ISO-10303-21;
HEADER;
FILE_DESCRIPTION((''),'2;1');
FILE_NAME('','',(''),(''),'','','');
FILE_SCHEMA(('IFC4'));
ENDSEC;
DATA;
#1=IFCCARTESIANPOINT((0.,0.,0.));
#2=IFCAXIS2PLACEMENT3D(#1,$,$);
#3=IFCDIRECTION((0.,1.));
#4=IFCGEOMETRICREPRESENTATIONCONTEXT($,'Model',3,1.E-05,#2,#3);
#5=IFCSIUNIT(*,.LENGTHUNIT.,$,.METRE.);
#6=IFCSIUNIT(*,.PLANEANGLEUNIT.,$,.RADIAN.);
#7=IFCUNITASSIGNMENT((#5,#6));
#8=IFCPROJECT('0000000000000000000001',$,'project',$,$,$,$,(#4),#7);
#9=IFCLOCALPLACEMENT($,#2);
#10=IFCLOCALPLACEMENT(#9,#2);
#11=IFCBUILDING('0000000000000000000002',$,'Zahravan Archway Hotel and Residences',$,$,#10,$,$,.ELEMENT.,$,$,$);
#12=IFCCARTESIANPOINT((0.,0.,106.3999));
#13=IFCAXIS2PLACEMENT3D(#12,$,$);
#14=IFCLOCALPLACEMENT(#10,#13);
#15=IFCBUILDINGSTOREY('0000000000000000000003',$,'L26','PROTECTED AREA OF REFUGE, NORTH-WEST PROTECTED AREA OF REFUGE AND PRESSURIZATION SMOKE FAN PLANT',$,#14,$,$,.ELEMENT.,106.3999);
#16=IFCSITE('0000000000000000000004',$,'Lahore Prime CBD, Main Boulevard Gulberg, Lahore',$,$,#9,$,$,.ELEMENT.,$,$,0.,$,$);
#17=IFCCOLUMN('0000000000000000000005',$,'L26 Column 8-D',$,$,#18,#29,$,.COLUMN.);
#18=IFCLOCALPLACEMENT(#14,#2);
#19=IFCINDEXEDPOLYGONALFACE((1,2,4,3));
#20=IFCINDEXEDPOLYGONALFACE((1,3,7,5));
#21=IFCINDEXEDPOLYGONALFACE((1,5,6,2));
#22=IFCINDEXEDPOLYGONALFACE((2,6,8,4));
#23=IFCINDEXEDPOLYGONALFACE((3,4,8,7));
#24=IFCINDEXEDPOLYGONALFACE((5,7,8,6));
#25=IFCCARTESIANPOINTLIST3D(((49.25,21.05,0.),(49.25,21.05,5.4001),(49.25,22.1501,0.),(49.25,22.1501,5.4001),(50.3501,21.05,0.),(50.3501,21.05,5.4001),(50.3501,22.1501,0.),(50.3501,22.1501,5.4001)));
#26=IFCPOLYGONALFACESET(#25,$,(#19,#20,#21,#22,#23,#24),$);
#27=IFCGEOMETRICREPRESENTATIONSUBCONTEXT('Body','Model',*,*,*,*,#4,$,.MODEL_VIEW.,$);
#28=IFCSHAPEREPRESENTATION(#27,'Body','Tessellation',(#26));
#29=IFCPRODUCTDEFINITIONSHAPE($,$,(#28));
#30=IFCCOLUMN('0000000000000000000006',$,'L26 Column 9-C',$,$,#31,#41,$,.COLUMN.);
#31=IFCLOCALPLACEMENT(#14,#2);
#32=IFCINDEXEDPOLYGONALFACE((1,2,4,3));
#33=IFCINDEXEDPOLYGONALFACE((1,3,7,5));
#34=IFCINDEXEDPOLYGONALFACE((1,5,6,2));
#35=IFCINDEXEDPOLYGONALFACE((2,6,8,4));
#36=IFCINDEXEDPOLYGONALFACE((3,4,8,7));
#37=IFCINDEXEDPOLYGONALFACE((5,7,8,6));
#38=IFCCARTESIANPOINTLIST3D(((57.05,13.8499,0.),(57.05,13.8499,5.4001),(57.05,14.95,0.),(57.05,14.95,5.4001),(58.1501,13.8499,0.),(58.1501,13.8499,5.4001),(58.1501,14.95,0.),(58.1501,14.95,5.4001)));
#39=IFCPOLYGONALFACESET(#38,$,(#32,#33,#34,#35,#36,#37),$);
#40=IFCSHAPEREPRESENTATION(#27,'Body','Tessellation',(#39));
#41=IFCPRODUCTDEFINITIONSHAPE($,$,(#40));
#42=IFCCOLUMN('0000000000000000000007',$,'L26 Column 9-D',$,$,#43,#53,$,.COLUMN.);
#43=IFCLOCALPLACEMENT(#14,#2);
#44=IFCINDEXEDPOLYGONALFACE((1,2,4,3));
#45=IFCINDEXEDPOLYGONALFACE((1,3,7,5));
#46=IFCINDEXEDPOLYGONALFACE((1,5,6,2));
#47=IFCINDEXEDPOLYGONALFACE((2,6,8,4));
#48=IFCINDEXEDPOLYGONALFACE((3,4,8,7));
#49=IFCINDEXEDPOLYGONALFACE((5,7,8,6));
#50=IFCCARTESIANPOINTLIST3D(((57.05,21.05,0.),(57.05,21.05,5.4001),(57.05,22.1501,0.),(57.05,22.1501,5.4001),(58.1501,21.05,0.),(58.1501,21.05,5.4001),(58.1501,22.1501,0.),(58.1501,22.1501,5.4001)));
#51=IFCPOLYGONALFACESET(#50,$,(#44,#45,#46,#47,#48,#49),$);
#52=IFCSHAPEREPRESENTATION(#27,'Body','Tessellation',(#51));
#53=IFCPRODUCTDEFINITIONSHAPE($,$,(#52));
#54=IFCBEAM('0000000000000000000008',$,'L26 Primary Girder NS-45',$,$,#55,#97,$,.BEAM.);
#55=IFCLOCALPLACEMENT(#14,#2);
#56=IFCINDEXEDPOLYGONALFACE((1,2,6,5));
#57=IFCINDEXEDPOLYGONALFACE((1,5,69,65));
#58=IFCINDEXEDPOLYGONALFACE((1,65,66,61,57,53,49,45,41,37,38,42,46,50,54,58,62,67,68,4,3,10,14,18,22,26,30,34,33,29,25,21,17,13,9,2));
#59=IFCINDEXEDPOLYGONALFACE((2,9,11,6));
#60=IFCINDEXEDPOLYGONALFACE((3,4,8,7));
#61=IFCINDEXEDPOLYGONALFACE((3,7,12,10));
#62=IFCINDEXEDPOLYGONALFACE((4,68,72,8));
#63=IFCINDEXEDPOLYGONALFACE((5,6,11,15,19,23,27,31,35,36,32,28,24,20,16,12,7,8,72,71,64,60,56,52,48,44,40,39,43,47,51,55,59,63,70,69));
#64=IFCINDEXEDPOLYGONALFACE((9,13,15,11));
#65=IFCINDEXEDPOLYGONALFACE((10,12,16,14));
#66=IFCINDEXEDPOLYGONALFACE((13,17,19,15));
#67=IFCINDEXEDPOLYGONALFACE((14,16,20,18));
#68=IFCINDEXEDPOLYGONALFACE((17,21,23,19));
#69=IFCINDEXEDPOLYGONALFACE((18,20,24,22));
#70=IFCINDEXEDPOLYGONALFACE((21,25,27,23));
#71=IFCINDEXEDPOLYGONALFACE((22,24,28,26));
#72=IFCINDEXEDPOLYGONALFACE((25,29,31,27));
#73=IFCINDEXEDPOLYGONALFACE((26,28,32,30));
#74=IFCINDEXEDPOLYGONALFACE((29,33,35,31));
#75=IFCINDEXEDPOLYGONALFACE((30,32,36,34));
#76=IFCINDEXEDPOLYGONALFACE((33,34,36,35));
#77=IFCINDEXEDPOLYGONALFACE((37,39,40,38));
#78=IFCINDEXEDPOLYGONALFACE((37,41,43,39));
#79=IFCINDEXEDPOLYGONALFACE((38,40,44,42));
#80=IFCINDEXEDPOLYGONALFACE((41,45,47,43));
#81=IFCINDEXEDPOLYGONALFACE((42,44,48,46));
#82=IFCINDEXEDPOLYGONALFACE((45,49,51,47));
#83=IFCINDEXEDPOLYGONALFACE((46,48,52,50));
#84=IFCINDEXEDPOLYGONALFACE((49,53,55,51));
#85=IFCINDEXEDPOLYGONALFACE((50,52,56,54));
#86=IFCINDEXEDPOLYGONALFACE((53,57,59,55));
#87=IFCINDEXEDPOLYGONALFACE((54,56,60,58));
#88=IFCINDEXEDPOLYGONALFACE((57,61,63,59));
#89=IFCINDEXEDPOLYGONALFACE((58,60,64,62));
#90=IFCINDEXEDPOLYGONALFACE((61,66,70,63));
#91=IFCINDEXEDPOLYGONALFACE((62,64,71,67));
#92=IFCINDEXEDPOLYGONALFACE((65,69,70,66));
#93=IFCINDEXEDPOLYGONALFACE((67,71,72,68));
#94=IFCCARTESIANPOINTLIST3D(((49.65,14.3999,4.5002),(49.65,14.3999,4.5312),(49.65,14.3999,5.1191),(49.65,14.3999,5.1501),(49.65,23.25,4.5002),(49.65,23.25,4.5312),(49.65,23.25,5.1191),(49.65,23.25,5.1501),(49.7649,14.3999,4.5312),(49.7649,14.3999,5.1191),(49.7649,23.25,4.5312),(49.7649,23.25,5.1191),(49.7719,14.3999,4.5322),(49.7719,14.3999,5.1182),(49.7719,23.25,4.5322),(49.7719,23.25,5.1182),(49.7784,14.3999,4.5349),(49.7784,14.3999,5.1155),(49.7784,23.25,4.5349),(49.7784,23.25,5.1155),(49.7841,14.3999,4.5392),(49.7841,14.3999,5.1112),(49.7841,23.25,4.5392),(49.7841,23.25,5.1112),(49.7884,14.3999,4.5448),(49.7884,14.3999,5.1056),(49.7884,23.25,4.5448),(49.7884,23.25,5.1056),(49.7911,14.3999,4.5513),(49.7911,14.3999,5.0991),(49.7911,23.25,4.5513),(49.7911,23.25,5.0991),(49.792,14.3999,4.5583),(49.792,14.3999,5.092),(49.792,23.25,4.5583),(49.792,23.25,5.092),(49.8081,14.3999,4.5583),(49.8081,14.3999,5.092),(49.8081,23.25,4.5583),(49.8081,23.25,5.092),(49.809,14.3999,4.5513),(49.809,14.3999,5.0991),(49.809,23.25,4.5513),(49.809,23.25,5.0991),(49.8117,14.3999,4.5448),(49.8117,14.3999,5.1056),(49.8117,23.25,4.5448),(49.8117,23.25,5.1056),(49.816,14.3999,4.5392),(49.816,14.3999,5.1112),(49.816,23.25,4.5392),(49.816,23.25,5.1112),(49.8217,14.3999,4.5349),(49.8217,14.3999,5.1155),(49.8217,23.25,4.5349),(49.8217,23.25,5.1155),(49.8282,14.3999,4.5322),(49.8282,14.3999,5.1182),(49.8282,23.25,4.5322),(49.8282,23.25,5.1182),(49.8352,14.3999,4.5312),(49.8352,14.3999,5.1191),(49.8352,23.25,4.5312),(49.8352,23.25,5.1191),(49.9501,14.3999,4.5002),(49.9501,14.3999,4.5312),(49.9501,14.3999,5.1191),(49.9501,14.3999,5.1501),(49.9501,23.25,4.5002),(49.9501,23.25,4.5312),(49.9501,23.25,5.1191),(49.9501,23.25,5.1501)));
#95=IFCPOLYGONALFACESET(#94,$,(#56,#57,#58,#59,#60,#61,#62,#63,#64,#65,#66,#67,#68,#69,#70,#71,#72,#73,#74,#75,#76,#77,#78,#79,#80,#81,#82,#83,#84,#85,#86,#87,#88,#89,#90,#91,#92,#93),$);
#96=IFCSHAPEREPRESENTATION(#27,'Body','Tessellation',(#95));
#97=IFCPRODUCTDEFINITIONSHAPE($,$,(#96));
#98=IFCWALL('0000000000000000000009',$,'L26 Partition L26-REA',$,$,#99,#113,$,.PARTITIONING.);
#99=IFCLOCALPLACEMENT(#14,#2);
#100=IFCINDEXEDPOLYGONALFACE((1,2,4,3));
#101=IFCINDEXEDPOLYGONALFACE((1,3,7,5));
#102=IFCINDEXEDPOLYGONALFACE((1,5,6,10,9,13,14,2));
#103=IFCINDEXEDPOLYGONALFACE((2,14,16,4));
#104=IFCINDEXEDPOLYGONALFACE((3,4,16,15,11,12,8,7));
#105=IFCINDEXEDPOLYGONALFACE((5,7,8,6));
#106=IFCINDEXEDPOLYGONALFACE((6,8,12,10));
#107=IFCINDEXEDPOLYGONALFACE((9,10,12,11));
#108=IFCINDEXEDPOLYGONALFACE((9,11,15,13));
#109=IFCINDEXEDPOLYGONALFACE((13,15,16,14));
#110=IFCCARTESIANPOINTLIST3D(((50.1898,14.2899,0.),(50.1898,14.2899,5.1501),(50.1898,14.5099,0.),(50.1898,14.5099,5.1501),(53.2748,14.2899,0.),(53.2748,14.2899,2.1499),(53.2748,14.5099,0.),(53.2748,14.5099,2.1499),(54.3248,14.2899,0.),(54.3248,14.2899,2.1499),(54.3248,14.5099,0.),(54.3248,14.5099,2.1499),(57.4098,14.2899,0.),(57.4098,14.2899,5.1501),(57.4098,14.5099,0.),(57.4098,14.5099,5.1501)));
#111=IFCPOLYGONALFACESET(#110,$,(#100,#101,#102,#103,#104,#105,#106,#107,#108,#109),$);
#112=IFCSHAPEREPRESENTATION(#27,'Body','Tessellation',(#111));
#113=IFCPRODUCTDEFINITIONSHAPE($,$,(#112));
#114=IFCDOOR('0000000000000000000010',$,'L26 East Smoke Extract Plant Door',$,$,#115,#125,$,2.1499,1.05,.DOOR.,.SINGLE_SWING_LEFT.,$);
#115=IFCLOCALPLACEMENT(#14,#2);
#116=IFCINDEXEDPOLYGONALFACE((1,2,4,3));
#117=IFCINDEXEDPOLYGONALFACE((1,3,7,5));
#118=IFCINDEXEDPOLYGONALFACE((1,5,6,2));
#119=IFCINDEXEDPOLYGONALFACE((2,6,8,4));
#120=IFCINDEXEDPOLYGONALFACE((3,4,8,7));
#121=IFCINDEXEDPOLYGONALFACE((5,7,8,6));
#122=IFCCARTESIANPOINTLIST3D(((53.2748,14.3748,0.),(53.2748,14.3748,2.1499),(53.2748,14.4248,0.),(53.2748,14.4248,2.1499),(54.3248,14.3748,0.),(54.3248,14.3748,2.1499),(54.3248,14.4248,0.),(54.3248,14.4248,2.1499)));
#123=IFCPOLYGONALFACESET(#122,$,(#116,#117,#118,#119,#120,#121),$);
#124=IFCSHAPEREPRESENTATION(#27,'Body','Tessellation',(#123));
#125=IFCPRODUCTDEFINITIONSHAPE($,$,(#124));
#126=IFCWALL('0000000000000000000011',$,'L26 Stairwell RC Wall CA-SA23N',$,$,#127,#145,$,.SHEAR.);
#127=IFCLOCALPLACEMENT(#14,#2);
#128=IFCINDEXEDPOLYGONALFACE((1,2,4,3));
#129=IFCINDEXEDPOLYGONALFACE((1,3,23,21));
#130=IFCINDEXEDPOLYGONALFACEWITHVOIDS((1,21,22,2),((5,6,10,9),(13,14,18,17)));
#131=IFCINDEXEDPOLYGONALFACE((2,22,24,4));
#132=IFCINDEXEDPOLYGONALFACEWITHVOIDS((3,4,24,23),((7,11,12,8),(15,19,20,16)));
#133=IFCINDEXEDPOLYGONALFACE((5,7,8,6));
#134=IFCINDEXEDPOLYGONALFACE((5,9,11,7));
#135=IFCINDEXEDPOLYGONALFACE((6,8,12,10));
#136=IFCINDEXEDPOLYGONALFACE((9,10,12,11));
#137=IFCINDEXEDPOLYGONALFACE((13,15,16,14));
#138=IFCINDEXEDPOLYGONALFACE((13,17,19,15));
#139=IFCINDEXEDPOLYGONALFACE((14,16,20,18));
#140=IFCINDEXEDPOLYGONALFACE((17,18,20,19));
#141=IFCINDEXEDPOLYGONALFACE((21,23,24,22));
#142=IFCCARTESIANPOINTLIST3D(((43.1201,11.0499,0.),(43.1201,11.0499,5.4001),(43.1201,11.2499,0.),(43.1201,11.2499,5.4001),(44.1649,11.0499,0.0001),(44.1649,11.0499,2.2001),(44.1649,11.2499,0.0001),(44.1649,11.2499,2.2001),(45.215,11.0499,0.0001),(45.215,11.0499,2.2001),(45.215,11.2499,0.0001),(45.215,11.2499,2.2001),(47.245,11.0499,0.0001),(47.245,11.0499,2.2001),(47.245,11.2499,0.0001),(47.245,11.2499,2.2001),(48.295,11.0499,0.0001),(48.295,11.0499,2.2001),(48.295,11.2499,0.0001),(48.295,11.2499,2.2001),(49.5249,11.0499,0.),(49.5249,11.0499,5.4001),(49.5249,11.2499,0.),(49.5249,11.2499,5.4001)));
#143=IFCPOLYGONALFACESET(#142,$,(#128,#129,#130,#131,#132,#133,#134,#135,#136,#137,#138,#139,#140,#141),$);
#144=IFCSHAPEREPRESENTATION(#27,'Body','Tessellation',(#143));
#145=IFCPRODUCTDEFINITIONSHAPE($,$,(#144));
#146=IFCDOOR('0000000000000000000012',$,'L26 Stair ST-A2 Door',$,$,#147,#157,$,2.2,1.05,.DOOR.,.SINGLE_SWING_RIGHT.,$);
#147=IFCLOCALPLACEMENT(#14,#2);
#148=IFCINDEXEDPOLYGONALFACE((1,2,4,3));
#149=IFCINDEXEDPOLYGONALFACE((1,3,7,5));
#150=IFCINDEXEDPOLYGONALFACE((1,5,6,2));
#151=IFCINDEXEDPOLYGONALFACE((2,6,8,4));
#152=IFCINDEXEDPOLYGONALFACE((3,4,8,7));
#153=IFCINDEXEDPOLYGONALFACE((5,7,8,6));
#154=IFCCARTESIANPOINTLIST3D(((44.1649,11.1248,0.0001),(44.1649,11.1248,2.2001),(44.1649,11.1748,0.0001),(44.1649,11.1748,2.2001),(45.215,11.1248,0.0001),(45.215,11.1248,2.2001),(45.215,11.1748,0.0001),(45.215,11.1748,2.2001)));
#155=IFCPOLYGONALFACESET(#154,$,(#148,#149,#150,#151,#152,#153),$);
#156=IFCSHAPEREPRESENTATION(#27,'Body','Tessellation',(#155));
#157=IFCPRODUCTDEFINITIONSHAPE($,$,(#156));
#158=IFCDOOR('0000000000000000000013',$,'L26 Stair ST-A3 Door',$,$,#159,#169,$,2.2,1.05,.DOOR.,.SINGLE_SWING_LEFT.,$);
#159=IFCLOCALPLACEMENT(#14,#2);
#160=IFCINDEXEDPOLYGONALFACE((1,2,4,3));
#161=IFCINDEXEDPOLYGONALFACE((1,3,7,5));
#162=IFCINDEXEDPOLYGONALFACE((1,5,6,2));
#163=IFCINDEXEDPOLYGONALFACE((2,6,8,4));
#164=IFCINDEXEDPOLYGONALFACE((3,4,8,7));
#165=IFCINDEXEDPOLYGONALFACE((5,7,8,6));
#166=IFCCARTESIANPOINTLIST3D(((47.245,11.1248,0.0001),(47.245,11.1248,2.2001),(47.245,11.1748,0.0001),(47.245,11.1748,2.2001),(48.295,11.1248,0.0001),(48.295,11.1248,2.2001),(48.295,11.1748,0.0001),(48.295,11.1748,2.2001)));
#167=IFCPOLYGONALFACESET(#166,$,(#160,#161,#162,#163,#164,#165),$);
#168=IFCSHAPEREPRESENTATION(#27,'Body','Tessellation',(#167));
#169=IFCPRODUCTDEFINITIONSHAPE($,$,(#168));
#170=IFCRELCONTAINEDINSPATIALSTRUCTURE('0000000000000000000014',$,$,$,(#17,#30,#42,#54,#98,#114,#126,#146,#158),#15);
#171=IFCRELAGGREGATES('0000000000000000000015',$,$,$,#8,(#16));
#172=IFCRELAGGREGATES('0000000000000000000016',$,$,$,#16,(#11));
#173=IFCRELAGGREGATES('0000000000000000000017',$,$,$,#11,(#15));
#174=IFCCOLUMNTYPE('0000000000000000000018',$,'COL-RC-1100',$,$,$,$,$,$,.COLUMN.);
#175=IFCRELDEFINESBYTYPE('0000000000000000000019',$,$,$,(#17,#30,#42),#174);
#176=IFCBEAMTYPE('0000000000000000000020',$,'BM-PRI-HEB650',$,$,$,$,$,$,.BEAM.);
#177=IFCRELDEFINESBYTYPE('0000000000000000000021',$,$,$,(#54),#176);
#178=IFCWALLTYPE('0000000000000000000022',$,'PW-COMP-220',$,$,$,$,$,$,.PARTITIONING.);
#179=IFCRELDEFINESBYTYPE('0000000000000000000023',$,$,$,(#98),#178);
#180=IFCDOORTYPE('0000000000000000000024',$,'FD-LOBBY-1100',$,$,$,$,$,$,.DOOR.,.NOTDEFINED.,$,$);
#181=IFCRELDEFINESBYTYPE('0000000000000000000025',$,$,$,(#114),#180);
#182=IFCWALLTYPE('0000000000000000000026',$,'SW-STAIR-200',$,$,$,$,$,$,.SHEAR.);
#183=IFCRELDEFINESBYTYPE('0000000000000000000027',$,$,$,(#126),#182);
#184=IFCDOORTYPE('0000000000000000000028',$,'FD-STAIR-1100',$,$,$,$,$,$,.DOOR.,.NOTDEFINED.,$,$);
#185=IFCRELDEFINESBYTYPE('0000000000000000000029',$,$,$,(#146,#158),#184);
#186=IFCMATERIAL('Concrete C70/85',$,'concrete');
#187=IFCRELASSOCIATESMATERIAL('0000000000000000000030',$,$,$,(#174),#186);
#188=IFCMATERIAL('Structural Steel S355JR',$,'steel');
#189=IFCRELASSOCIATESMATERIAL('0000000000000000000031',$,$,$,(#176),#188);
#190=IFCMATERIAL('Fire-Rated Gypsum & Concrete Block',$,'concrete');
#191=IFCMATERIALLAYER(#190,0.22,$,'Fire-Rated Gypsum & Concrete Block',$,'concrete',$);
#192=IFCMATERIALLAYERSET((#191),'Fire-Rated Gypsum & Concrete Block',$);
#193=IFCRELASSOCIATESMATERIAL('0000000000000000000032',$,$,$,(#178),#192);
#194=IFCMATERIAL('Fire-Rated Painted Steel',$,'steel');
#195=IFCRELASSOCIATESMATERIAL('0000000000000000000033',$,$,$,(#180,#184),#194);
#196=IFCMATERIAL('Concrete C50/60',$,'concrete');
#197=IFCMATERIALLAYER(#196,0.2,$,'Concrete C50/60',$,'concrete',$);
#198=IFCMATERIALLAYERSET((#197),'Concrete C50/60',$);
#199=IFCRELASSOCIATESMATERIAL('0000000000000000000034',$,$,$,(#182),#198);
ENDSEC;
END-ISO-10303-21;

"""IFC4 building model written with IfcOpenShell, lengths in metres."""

from ifc_helpers import new_model, si_unit, direction, frame, frame_2d, origin, origin_2d, place, context, subcontext, project, spatial, rectangle, i_section, extrude, source, transform, mapped, material, layer, layer_set, material_profile, profile_set, type_object, type_shapes, element, fill, save


model = new_model("IFC4")

# Units and contexts
model_context = context("Model", 3, precision=1e-05, world=origin(), true_north=direction((0.0, 1.0)))
body_context = subcontext(model_context, "Body", "Model", "MODEL_VIEW")
ifc_project = project(units=[si_unit("LENGTHUNIT", "METRE"), si_unit("PLANEANGLEUNIT", "RADIAN")], contexts=[model_context])

# Site, building, storey
site_placement = place(None, origin())
site = spatial("IfcSite", under=ifc_project, at=site_placement, Name="Lahore Prime CBD, Main Boulevard Gulberg, Lahore", CompositionType="ELEMENT", RefElevation=0.0)
building_placement = place(site_placement, origin())
building = spatial("IfcBuilding", under=site, at=building_placement, Name="Zahravan Archway Hotel and Residences", CompositionType="ELEMENT")
storey_placement = place(building_placement, frame((0.0, 0.0, 106.3999)))
storey = spatial("IfcBuildingStorey", under=building, at=storey_placement, Name="L26", Description="PROTECTED AREA OF REFUGE, NORTH-WEST PROTECTED AREA OF REFUGE AND PRESSURIZATION SMOKE FAN PLANT", CompositionType="ELEMENT", Elevation=106.3999)

# Columns
ifc_material_1 = material(Name="Concrete C70/85", Category="concrete")
ifc_material_profile_1 = material_profile(ifc_material_1, rectangle(XDim=1.1001, YDim=1.1001, at=origin_2d()), Name="RC 1100x1100", Category="concrete")
ifc_profile_set_1 = profile_set([ifc_material_profile_1], Name="Concrete C70/85")
column_type = type_object("IfcColumnType", Name="COL-RC-1100", PredefinedType="COLUMN", material=ifc_profile_set_1)
shared_shape_1 = source(origin(), body_context, "Body", "SweptSolid", [
    extrude(rectangle(XDim=1.1001, YDim=1.1001, at=origin_2d()), origin(), (0.0, 0.0, 1.0), 5.4001),
])
for number, where, z_axis, x_axis, name in (
    (1, (49.8, 21.6001, 0.0), (0.0, 0.0, 1.0), (1.0, 0.0, 0.0), "L26 Column 8-D"),
    (2, (57.6001, 14.3999, 0.0), (0.0, 0.0, 1.0), (1.0, 0.0, 0.0), "L26 Column 9-C"),
    (3, (57.6001, 21.6001, 0.0), (0.0, 0.0, 1.0), (1.0, 0.0, 0.0), "L26 Column 9-D"),
):
    element("IfcColumn", number, at=place(storey_placement, frame(where, z_axis=z_axis, x_axis=x_axis)), inside=storey, type_object=column_type, Name=name, PredefinedType="COLUMN", context=body_context, shape_type="MappedRepresentation", body=[
        mapped(shared_shape_1, transform((0.0, 0.0, 0.0), scale=1.0)),
    ])

# Beam
ifc_material_2 = material(Name="Structural Steel S355JR", Category="steel")
ifc_material_profile_2 = material_profile(ifc_material_2, i_section(OverallWidth=0.3, OverallDepth=0.6499, WebThickness=0.0161, FlangeThickness=0.031, FilletRadius=0.0271, at=origin_2d()), Name="HEB 650", Category="steel")
ifc_profile_set_2 = profile_set([ifc_material_profile_2], Name="Structural Steel S355JR")
beam_type = type_object("IfcBeamType", Name="BM-PRI-HEB650", PredefinedType="BEAM", material=ifc_profile_set_2)
shared_shape_2 = source(origin(), body_context, "Body", "SweptSolid", [
    extrude(i_section(OverallWidth=0.3, OverallDepth=0.6499, WebThickness=0.0161, FlangeThickness=0.031, FilletRadius=0.0271, at=origin_2d()), origin(), (0.0, 0.0, 1.0), 8.8501),
])
beam_placement = place(storey_placement, frame((49.8, 14.3999, 4.8252), z_axis=(0.0, 1.0, 0.0), x_axis=(-1.0, 0.0, 0.0)))
element("IfcBeam", 4, at=beam_placement, inside=storey, type_object=beam_type, Name="L26 Primary Girder NS-45", PredefinedType="BEAM", context=body_context, shape_type="MappedRepresentation", body=[
    mapped(shared_shape_2, transform((0.0, 0.0, 0.0), scale=1.0)),
])

# Wall, opening, door
ifc_material_3 = material(Name="Fire-Rated Gypsum & Concrete Block", Category="concrete")
ifc_layer_1 = layer(ifc_material_3, 0.22, Name="Fire-Rated Gypsum & Concrete Block", Category="concrete")
ifc_layer_set_1 = layer_set([ifc_layer_1], Name="Fire-Rated Gypsum & Concrete Block")
wall_type_1 = type_object("IfcWallType", Name="PW-COMP-220", PredefinedType="PARTITIONING", material=ifc_layer_set_1)
ifc_material_4 = material(Name="Fire-Rated Painted Steel", Category="steel")
door_type_1 = type_object("IfcDoorType", Name="FD-LOBBY-1100", OperationType="NOTDEFINED", PredefinedType="DOOR", material=ifc_material_4)
shared_shape_3 = source(origin(), body_context, "Body", "SweptSolid", [
    extrude(rectangle(XDim=1.05, YDim=2.1499, at=frame_2d((0.5249, 1.075))), frame((0.0, 0.0249, 0.0), z_axis=(0.0, -1.0, 0.0), x_axis=(1.0, 0.0, 0.0)), (0.0, 0.0, 1.0), 0.05),
])
type_shapes(door_type_1, [shared_shape_3])
wall_1_placement = place(storey_placement, frame((50.1899, 14.3999, 0.0), z_axis=(0.0, 0.0, 1.0), x_axis=(1.0, 0.0, 0.0)))
wall_1 = element("IfcWall", 5, at=wall_1_placement, inside=storey, type_object=wall_type_1, Name="L26 Partition L26-REA", PredefinedType="PARTITIONING", context=body_context, shape_type="SweptSolid", body=[
    extrude(rectangle(XDim=7.22, YDim=0.22, at=frame_2d((3.6099, 0.0))), origin(), (0.0, 0.0, 1.0), 5.1501),
])
opening_1_placement = place(wall_1_placement, frame((3.085, 0.0, 0.0)))
opening_1 = element("IfcOpeningElement", 6, at=opening_1_placement, cuts=wall_1, PredefinedType="OPENING", context=body_context, shape_type="SweptSolid", body=[
    extrude(rectangle(XDim=1.05, YDim=2.1499, at=frame_2d((0.5249, 1.075))), frame((0.0, 0.1201, 0.0), z_axis=(0.0, -1.0, 0.0), x_axis=(1.0, 0.0, 0.0)), (0.0, 0.0, 1.0), 0.24),
])
door_1_placement = place(opening_1_placement, origin())
door_1 = element("IfcDoor", 7, at=door_1_placement, inside=storey, type_object=door_type_1, Name="L26 East Smoke Extract Plant Door", OperationType="SINGLE_SWING_LEFT", OverallHeight=2.1499, OverallWidth=1.05, PredefinedType="DOOR", context=body_context, shape_type="MappedRepresentation", body=[
    mapped(shared_shape_3, transform((0.0, 0.0, 0.0), scale=1.0)),
])
fill(opening_1, door_1)

# Wall, openings, doors
ifc_material_5 = material(Name="Concrete C50/60", Category="concrete")
ifc_layer_2 = layer(ifc_material_5, 0.2, Name="Concrete C50/60", Category="concrete")
ifc_layer_set_2 = layer_set([ifc_layer_2], Name="Concrete C50/60")
wall_type_2 = type_object("IfcWallType", Name="SW-STAIR-200", PredefinedType="SHEAR", material=ifc_layer_set_2)
wall_2_placement = place(storey_placement, frame((43.1201, 11.1499, 0.0), z_axis=(0.0, 0.0, 1.0), x_axis=(1.0, 0.0, 0.0)))
wall_2 = element("IfcWall", 8, at=wall_2_placement, inside=storey, type_object=wall_type_2, Name="L26 Stairwell RC Wall CA-SA23N", PredefinedType="SHEAR", context=body_context, shape_type="SweptSolid", body=[
    extrude(rectangle(XDim=6.4048, YDim=0.2, at=frame_2d((3.2024, 0.0))), origin(), (0.0, 0.0, 1.0), 5.4001),
])
opening_2_placement = place(wall_2_placement, frame((1.0449, 0.0, 0.0)))
opening_2 = element("IfcOpeningElement", 9, at=opening_2_placement, cuts=wall_2, PredefinedType="OPENING", context=body_context, shape_type="SweptSolid", body=[
    extrude(rectangle(XDim=1.05, YDim=2.2, at=frame_2d((0.5249, 1.1001))), frame((0.0, 0.1099, 0.0), z_axis=(0.0, -1.0, 0.0), x_axis=(1.0, 0.0, 0.0)), (0.0, 0.0, 1.0), 0.22),
])
opening_3_placement = place(wall_2_placement, frame((4.125, 0.0, 0.0)))
opening_3 = element("IfcOpeningElement", 10, at=opening_3_placement, cuts=wall_2, PredefinedType="OPENING", context=body_context, shape_type="SweptSolid", body=[
    extrude(rectangle(XDim=1.05, YDim=2.2, at=frame_2d((0.5249, 1.1001))), frame((0.0, 0.1099, 0.0), z_axis=(0.0, -1.0, 0.0), x_axis=(1.0, 0.0, 0.0)), (0.0, 0.0, 1.0), 0.22),
])
door_type_2 = type_object("IfcDoorType", Name="FD-STAIR-1100", OperationType="NOTDEFINED", PredefinedType="DOOR", material=ifc_material_4)
shared_shape_4 = source(origin(), body_context, "Body", "SweptSolid", [
    extrude(rectangle(XDim=1.05, YDim=2.2, at=frame_2d((0.5249, 1.1001))), frame((0.0, 0.0249, 0.0), z_axis=(0.0, -1.0, 0.0), x_axis=(1.0, 0.0, 0.0)), (0.0, 0.0, 1.0), 0.05),
])
type_shapes(door_type_2, [shared_shape_4])
door_2_placement = place(opening_2_placement, origin())
door_2 = element("IfcDoor", 11, at=door_2_placement, inside=storey, type_object=door_type_2, Name="L26 Stair ST-A2 Door", OperationType="SINGLE_SWING_RIGHT", OverallHeight=2.2, OverallWidth=1.05, PredefinedType="DOOR", context=body_context, shape_type="MappedRepresentation", body=[
    mapped(shared_shape_4, transform((0.0, 0.0, 0.0), scale=1.0)),
])
fill(opening_2, door_2)
door_3_placement = place(opening_3_placement, origin())
door_3 = element("IfcDoor", 12, at=door_3_placement, inside=storey, type_object=door_type_2, Name="L26 Stair ST-A3 Door", OperationType="SINGLE_SWING_LEFT", OverallHeight=2.2, OverallWidth=1.05, PredefinedType="DOOR", context=body_context, shape_type="MappedRepresentation", body=[
    mapped(shared_shape_4, transform((0.0, 0.0, 0.0), scale=1.0)),
])
fill(opening_3, door_3)

save(model, "model.ifc")
